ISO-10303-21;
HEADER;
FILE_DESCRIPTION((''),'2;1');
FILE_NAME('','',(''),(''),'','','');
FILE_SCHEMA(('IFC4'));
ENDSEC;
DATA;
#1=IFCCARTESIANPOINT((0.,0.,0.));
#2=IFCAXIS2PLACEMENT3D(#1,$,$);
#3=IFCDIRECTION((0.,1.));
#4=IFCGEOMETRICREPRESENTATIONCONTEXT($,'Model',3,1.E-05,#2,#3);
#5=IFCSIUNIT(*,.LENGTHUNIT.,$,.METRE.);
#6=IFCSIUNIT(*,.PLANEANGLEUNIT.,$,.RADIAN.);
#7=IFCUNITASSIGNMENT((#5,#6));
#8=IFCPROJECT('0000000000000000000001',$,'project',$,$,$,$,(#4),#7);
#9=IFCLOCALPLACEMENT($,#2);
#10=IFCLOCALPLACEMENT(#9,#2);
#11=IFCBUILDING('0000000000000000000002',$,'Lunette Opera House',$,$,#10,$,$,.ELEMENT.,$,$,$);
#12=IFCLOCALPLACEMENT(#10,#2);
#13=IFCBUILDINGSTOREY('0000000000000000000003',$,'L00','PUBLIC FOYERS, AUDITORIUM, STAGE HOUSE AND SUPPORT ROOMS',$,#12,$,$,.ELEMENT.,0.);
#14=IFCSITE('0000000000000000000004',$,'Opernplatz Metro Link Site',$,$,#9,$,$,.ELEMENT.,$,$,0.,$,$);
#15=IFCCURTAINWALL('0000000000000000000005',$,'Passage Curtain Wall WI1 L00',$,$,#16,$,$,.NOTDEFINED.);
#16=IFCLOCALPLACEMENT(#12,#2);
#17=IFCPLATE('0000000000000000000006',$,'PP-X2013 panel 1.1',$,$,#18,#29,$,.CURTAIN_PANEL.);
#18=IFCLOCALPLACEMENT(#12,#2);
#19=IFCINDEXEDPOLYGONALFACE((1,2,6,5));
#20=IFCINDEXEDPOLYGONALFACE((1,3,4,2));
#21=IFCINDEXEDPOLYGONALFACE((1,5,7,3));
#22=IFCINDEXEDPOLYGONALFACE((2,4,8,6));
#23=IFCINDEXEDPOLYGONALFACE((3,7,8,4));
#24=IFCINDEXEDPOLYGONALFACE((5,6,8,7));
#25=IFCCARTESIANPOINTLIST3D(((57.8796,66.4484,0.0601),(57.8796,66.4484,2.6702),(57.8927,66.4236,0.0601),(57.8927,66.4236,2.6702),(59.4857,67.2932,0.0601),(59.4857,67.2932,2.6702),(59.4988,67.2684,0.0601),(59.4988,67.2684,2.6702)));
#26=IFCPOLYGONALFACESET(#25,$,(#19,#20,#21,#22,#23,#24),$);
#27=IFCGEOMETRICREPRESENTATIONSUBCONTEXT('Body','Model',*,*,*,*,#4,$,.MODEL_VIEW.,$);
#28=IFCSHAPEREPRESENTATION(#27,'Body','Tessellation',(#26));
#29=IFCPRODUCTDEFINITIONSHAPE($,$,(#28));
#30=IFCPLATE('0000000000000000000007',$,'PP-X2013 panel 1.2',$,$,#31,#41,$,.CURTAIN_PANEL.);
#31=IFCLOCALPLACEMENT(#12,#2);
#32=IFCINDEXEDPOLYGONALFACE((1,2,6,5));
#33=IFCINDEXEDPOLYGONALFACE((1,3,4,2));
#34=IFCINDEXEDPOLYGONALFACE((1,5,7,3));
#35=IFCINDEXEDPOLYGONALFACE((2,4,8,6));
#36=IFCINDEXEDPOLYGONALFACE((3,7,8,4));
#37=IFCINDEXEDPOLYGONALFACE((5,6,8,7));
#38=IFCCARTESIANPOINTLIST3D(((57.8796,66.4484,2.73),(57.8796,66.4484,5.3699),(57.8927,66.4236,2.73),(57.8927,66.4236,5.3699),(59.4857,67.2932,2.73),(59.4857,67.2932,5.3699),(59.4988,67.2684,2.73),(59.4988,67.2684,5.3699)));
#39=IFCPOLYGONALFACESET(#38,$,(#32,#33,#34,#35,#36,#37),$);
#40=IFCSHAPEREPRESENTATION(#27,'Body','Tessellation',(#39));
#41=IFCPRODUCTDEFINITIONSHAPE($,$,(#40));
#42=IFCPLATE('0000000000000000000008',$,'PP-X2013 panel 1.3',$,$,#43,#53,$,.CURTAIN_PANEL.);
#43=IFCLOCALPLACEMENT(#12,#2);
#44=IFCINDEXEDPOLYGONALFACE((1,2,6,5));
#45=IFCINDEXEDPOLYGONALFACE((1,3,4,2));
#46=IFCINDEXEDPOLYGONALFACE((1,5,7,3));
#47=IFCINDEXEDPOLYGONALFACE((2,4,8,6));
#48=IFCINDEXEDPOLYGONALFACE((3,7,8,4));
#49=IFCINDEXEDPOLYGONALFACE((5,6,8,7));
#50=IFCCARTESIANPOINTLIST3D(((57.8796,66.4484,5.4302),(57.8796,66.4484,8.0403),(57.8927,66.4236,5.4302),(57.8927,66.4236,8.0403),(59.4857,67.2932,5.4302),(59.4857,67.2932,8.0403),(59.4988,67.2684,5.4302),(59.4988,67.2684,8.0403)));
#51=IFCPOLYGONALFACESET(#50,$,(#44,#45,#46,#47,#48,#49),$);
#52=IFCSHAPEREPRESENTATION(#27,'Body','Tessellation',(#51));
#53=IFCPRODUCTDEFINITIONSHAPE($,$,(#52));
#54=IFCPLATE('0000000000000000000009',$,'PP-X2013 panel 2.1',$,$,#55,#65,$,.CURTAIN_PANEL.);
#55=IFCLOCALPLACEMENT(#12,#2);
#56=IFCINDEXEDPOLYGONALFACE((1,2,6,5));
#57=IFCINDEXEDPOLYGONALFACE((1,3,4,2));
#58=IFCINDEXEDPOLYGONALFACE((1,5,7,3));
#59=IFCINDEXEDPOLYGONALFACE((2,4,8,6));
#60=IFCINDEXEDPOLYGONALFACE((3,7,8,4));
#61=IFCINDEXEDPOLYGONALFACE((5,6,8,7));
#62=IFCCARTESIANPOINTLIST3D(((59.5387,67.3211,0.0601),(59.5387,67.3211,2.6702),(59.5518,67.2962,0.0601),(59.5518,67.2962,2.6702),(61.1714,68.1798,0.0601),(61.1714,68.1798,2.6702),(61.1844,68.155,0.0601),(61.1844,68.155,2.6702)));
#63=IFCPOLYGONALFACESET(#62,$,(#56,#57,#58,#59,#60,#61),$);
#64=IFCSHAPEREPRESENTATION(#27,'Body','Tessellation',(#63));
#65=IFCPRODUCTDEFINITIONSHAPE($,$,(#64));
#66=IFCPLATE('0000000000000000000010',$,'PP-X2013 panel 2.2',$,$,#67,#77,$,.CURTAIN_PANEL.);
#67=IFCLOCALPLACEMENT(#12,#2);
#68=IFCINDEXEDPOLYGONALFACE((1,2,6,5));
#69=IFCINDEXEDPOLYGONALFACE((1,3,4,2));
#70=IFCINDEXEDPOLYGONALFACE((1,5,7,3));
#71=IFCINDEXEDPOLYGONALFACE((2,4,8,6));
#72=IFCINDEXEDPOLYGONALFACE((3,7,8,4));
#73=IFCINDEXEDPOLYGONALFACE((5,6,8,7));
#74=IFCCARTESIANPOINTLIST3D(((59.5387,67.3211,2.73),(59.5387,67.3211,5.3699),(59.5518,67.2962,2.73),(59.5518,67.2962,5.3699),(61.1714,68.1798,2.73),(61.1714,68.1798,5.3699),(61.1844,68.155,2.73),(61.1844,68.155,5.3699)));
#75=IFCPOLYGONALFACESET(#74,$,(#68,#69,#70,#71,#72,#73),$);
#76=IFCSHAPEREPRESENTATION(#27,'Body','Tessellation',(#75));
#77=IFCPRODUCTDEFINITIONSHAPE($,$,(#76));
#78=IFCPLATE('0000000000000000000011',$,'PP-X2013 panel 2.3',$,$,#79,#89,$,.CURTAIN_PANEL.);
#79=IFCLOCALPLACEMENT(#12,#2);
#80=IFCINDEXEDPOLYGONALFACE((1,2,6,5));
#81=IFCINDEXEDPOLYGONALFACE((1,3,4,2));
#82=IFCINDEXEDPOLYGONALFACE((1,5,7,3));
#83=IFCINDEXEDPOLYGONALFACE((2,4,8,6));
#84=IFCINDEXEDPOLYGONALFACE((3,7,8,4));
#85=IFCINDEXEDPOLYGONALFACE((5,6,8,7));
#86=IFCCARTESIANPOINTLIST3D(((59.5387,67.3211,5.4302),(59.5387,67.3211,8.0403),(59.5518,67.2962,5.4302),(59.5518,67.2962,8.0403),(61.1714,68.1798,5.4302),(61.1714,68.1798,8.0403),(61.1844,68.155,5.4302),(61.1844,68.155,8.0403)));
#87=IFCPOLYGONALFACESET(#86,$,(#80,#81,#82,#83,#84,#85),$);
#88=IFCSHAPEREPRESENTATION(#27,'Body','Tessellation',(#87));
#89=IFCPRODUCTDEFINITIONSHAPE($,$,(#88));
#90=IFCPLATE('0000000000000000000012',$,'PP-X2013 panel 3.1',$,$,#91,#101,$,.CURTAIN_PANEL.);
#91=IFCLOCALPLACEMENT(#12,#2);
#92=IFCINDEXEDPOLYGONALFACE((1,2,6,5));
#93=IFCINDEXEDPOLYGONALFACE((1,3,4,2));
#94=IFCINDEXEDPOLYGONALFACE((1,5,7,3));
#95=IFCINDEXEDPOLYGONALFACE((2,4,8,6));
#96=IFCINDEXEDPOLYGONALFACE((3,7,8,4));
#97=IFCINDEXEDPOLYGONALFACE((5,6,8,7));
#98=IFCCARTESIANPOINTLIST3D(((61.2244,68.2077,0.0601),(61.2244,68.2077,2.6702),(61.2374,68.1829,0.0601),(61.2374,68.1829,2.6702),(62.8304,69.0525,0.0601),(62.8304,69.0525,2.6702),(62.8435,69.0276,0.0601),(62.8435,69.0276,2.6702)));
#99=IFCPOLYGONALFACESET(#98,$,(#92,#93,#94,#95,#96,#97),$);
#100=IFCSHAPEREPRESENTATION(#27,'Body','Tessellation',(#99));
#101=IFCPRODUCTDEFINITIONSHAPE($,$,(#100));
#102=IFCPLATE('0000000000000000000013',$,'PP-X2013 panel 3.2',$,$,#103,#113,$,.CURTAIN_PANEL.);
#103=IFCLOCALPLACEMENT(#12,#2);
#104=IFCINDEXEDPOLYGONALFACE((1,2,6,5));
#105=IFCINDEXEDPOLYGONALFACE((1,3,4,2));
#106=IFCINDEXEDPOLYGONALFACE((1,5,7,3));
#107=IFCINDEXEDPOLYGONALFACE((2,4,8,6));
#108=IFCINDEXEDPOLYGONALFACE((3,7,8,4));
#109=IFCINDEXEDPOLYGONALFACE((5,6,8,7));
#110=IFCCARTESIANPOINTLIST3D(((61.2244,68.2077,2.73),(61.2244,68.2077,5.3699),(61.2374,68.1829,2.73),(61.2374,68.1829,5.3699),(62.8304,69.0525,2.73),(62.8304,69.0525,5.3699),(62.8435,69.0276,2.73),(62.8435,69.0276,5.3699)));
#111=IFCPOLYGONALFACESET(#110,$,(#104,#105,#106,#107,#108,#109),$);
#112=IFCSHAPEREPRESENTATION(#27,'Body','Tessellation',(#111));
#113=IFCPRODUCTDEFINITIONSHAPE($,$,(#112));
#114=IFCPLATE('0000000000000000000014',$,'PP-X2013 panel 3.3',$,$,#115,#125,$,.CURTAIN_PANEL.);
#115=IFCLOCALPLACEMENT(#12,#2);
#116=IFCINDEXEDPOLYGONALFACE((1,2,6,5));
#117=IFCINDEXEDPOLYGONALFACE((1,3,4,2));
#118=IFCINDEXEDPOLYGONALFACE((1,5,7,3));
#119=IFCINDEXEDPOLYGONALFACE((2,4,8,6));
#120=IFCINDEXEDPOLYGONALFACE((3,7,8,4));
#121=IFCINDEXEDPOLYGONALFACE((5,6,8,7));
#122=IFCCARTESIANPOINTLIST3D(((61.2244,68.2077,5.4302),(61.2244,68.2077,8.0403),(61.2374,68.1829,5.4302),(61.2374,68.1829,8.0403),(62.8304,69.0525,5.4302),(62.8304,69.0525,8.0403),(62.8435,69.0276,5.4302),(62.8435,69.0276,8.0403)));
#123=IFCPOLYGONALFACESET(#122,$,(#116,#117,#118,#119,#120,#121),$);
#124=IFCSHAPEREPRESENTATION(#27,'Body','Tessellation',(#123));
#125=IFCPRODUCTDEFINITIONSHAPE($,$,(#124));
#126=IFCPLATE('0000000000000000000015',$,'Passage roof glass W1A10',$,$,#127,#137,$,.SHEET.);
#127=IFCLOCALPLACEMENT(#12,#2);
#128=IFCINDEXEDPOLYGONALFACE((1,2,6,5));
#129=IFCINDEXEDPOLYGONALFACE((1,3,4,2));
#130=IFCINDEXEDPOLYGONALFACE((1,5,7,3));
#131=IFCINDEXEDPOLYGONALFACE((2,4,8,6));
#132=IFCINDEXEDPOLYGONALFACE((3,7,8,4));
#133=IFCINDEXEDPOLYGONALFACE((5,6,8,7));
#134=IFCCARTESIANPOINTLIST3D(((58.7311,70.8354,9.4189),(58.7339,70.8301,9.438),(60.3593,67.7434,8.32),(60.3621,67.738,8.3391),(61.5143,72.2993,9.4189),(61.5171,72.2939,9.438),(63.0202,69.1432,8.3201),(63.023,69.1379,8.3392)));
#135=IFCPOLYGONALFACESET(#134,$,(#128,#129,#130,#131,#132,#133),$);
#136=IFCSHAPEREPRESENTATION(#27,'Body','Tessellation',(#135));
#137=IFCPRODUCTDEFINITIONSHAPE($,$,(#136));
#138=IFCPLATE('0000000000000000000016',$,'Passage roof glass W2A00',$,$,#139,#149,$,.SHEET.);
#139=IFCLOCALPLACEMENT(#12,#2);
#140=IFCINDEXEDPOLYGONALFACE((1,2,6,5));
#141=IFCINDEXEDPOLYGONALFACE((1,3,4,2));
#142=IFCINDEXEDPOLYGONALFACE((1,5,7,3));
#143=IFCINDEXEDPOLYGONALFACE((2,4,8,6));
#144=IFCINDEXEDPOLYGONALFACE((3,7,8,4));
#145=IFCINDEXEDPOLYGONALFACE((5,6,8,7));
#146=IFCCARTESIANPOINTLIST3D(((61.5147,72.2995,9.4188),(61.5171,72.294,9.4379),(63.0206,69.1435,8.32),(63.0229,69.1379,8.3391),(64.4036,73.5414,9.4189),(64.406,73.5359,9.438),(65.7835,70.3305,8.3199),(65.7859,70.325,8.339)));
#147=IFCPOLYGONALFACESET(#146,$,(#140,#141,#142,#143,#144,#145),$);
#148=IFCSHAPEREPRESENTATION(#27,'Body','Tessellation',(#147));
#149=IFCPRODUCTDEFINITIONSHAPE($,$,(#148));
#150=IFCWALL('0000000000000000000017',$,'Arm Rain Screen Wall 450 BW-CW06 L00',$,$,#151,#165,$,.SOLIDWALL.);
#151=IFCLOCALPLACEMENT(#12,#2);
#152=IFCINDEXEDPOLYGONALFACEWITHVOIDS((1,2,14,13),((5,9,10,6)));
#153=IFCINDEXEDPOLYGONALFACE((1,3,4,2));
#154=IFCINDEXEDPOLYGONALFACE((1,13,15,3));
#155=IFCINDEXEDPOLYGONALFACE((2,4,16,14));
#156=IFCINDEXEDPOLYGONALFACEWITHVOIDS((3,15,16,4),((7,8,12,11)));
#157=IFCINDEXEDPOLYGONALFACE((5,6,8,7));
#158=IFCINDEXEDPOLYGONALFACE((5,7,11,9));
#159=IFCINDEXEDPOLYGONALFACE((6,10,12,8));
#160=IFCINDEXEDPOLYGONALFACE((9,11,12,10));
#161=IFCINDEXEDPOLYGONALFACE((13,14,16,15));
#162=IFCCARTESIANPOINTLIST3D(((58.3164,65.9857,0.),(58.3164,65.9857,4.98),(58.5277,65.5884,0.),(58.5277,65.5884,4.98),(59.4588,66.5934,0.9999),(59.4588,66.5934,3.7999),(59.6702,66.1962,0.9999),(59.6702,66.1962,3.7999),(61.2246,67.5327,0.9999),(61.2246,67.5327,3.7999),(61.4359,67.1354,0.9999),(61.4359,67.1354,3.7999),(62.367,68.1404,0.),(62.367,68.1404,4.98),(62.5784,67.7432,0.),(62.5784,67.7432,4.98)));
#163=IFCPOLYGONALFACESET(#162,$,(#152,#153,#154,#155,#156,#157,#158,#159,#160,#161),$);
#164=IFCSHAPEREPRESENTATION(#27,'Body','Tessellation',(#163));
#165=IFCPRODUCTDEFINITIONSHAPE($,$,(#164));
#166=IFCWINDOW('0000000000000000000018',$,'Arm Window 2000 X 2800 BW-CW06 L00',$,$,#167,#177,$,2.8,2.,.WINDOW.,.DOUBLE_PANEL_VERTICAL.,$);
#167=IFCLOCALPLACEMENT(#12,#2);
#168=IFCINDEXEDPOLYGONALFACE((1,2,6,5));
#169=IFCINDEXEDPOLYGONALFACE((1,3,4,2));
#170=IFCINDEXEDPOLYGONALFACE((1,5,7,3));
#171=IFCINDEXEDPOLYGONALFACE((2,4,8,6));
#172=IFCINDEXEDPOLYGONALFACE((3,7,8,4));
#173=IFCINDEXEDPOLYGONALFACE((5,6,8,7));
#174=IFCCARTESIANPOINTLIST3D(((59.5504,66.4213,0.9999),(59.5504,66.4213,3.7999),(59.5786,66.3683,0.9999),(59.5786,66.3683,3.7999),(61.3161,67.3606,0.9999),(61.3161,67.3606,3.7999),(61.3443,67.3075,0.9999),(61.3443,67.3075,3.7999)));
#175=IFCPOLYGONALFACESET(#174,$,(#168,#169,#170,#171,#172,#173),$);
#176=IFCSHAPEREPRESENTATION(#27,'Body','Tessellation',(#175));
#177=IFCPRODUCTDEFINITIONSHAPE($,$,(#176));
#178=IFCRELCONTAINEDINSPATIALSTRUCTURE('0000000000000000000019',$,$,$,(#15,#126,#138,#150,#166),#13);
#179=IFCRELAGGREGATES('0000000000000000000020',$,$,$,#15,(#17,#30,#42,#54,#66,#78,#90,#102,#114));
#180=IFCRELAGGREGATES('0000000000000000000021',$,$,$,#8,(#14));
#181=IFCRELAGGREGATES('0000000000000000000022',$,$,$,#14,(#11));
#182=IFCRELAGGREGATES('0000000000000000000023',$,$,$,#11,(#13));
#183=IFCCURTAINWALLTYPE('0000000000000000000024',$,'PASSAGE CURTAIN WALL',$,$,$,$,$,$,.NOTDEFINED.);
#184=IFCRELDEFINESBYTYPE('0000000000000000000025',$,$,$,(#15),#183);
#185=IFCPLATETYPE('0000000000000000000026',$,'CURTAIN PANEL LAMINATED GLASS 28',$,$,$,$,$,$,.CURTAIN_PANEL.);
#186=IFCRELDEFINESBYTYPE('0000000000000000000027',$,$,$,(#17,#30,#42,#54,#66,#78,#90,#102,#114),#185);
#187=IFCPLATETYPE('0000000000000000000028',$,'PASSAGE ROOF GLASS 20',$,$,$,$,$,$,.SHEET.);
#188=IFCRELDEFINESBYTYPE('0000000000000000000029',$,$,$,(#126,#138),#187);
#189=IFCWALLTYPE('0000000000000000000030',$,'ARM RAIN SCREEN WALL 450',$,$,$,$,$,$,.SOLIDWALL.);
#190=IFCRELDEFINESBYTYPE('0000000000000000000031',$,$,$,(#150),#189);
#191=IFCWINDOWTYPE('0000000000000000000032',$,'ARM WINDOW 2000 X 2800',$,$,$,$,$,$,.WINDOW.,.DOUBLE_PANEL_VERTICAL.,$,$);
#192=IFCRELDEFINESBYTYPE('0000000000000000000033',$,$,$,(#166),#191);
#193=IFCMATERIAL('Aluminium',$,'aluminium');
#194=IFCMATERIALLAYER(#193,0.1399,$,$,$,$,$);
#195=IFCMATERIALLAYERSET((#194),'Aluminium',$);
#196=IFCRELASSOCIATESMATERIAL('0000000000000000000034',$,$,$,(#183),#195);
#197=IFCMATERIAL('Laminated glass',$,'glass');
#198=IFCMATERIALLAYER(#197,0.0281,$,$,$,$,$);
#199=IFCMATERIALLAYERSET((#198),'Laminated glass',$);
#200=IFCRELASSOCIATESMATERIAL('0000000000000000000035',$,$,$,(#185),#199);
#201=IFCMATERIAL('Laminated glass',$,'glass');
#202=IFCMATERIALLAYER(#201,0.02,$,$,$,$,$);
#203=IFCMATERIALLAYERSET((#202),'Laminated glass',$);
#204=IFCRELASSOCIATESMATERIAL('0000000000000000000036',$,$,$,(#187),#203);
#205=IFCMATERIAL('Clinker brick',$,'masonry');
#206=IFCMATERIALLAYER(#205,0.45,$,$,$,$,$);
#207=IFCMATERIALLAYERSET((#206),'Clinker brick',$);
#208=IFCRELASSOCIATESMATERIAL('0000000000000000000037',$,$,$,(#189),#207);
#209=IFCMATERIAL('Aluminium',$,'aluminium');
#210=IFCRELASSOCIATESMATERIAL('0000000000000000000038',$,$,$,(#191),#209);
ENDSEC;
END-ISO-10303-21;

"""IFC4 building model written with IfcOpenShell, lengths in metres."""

from ifc_helpers import new_model, si_unit, direction, frame, frame_2d, origin, origin_2d, place, context, subcontext, project, spatial, polyline, rectangle, outline, extrude, material, layer, layer_set, type_object, element, fill, aggregate, save


model = new_model("IFC4")

# Units and contexts
model_context = context("Model", 3, precision=1e-05, world=origin(), true_north=direction((0.0, 1.0)))
body_context = subcontext(model_context, "Body", "Model", "MODEL_VIEW")
ifc_project = project(units=[si_unit("LENGTHUNIT", "METRE"), si_unit("PLANEANGLEUNIT", "RADIAN")], contexts=[model_context])

# Site, building, storey
site_placement = place(None, origin())
site = spatial("IfcSite", under=ifc_project, at=site_placement, Name="Opernplatz Metro Link Site", CompositionType="ELEMENT", RefElevation=0.0)
building_placement = place(site_placement, origin())
building = spatial("IfcBuilding", under=site, at=building_placement, Name="Lunette Opera House", CompositionType="ELEMENT")
storey_placement = place(building_placement, origin())
storey = spatial("IfcBuildingStorey", under=building, at=storey_placement, Name="L00", Description="PUBLIC FOYERS, AUDITORIUM, STAGE HOUSE AND SUPPORT ROOMS", CompositionType="ELEMENT", Elevation=0.0)

# Curtain wall
ifc_material_1 = material(Name="Aluminium", Category="aluminium")
ifc_layer_1 = layer(ifc_material_1, 0.1399)
ifc_layer_set_1 = layer_set([ifc_layer_1], Name="Aluminium")
curtain_wall_type = type_object("IfcCurtainWallType", Name="PASSAGE CURTAIN WALL", PredefinedType="NOTDEFINED", material=ifc_layer_set_1)
curtain_wall_placement = place(storey_placement, origin())
curtain_wall = element("IfcCurtainWall", 1, at=curtain_wall_placement, inside=storey, type_object=curtain_wall_type, Name="Passage Curtain Wall WI1 L00", PredefinedType="NOTDEFINED")

# Plates
ifc_material_2 = material(Name="Laminated glass", Category="glass")
ifc_layer_2 = layer(ifc_material_2, 0.0281)
ifc_layer_set_2 = layer_set([ifc_layer_2], Name="Laminated glass")
plate_type_1 = type_object("IfcPlateType", Name="CURTAIN PANEL LAMINATED GLASS 28", PredefinedType="CURTAIN_PANEL", material=ifc_layer_set_2)
plate_1_placement = place(storey_placement, frame((58.6892, 66.8584, 0.0601), z_axis=(0.0, 0.0, 1.0), x_axis=(0.885032, 0.46553, 0.0)))
plate_1 = element("IfcPlate", 2, at=plate_1_placement, type_object=plate_type_1, Name="PP-X2013 panel 1.1", PredefinedType="CURTAIN_PANEL", context=body_context, shape_type="SweptSolid", body=[
    extrude(rectangle(XDim=1.8147, YDim=0.0281, at=origin_2d()), origin(), (0.0, 0.0, 1.0), 2.6101),
])
plate_2_placement = place(storey_placement, frame((58.6892, 66.8584, 2.73), z_axis=(0.0, 0.0, 1.0), x_axis=(0.885032, 0.46553, 0.0)))
plate_2 = element("IfcPlate", 3, at=plate_2_placement, type_object=plate_type_1, Name="PP-X2013 panel 1.2", PredefinedType="CURTAIN_PANEL", context=body_context, shape_type="SweptSolid", body=[
    extrude(rectangle(XDim=1.8147, YDim=0.0281, at=origin_2d()), origin(), (0.0, 0.0, 1.0), 2.6399),
])
plate_3_placement = place(storey_placement, frame((58.6892, 66.8584, 5.4302), z_axis=(0.0, 0.0, 1.0), x_axis=(0.885032, 0.46553, 0.0)))
plate_3 = element("IfcPlate", 4, at=plate_3_placement, type_object=plate_type_1, Name="PP-X2013 panel 1.3", PredefinedType="CURTAIN_PANEL", context=body_context, shape_type="SweptSolid", body=[
    extrude(rectangle(XDim=1.8147, YDim=0.0281, at=origin_2d()), origin(), (0.0, 0.0, 1.0), 2.6101),
])
plate_4_placement = place(storey_placement, frame((60.3616, 67.738, 0.0601), z_axis=(0.0, 0.0, 1.0), x_axis=(0.885032, 0.46553, 0.0)))
plate_4 = element("IfcPlate", 5, at=plate_4_placement, type_object=plate_type_1, Name="PP-X2013 panel 2.1", PredefinedType="CURTAIN_PANEL", context=body_context, shape_type="SweptSolid", body=[
    extrude(rectangle(XDim=1.8447, YDim=0.0281, at=origin_2d()), origin(), (0.0, 0.0, 1.0), 2.6101),
])
plate_5_placement = place(storey_placement, frame((60.3616, 67.738, 2.73), z_axis=(0.0, 0.0, 1.0), x_axis=(0.885032, 0.46553, 0.0)))
plate_5 = element("IfcPlate", 6, at=plate_5_placement, type_object=plate_type_1, Name="PP-X2013 panel 2.2", PredefinedType="CURTAIN_PANEL", context=body_context, shape_type="SweptSolid", body=[
    extrude(rectangle(XDim=1.8447, YDim=0.0281, at=origin_2d()), origin(), (0.0, 0.0, 1.0), 2.6399),
])
plate_6_placement = place(storey_placement, frame((60.3616, 67.738, 5.4302), z_axis=(0.0, 0.0, 1.0), x_axis=(0.885032, 0.46553, 0.0)))
plate_6 = element("IfcPlate", 7, at=plate_6_placement, type_object=plate_type_1, Name="PP-X2013 panel 2.3", PredefinedType="CURTAIN_PANEL", context=body_context, shape_type="SweptSolid", body=[
    extrude(rectangle(XDim=1.8447, YDim=0.0281, at=origin_2d()), origin(), (0.0, 0.0, 1.0), 2.6101),
])
plate_7_placement = place(storey_placement, frame((62.0339, 68.6177, 0.0601), z_axis=(0.0, 0.0, 1.0), x_axis=(0.885032, 0.46553, 0.0)))
plate_7 = element("IfcPlate", 8, at=plate_7_placement, type_object=plate_type_1, Name="PP-X2013 panel 3.1", PredefinedType="CURTAIN_PANEL", context=body_context, shape_type="SweptSolid", body=[
    extrude(rectangle(XDim=1.8147, YDim=0.0281, at=origin_2d()), origin(), (0.0, 0.0, 1.0), 2.6101),
])
plate_8_placement = place(storey_placement, frame((62.0339, 68.6177, 2.73), z_axis=(0.0, 0.0, 1.0), x_axis=(0.885032, 0.46553, 0.0)))
plate_8 = element("IfcPlate", 9, at=plate_8_placement, type_object=plate_type_1, Name="PP-X2013 panel 3.2", PredefinedType="CURTAIN_PANEL", context=body_context, shape_type="SweptSolid", body=[
    extrude(rectangle(XDim=1.8147, YDim=0.0281, at=origin_2d()), origin(), (0.0, 0.0, 1.0), 2.6399),
])
plate_9_placement = place(storey_placement, frame((62.0339, 68.6177, 5.4302), z_axis=(0.0, 0.0, 1.0), x_axis=(0.885032, 0.46553, 0.0)))
plate_9 = element("IfcPlate", 10, at=plate_9_placement, type_object=plate_type_1, Name="PP-X2013 panel 3.3", PredefinedType="CURTAIN_PANEL", context=body_context, shape_type="SweptSolid", body=[
    extrude(rectangle(XDim=1.8147, YDim=0.0281, at=origin_2d()), origin(), (0.0, 0.0, 1.0), 2.6101),
])
aggregate(curtain_wall, [plate_1, plate_2, plate_3, plate_4, plate_5, plate_6, plate_7, plate_8, plate_9])

# Plates
ifc_material_3 = material(Name="Laminated glass", Category="glass")
ifc_layer_3 = layer(ifc_material_3, 0.02)
ifc_layer_set_3 = layer_set([ifc_layer_3], Name="Laminated glass")
plate_type_2 = type_object("IfcPlateType", Name="PASSAGE ROOF GLASS 20", PredefinedType="SHEET", material=ifc_layer_set_3)
plate_10_placement = place(storey_placement, frame((60.3621, 67.738, 8.3391), z_axis=(0.13966, -0.265496, 0.953943), x_axis=(0.884998, 0.465595, 0.000016)))
element("IfcPlate", 11, at=plate_10_placement, inside=storey, type_object=plate_type_2, Name="Passage roof glass W1A10", PredefinedType="SHEET", context=body_context, shape_type="SweptSolid", body=[
    extrude(outline(polyline([(0.0, 0.0), (3.0067, 0.0), (3.1434, 3.6629), (-0.0013, 3.6632), (0.0, 0.0)])), origin(), (0.0, 0.0, -1.0), 0.02),
])
plate_11_placement = place(storey_placement, frame((63.0229, 69.1379, 8.3391), z_axis=(0.118443, -0.275602, 0.953947), x_axis=(0.918792, 0.394742, -0.000035)))
element("IfcPlate", 12, at=plate_11_placement, inside=storey, type_object=plate_type_2, Name="Passage roof glass W2A00", PredefinedType="SHEET", context=body_context, shape_type="SweptSolid", body=[
    extrude(outline(polyline([(0.0, 0.0), (3.0071, 0.0), (3.0068, 3.6636), (-0.1378, 3.6629), (0.0, 0.0)])), origin(), (0.0, 0.0, -1.0), 0.02),
])

# Wall, opening, window
ifc_material_4 = material(Name="Clinker brick", Category="masonry")
ifc_layer_4 = layer(ifc_material_4, 0.45)
ifc_layer_set_4 = layer_set([ifc_layer_4], Name="Clinker brick")
wall_type_1 = type_object("IfcWallType", Name="ARM RAIN SCREEN WALL 450", PredefinedType="SOLIDWALL", material=ifc_layer_set_4)
wall_1_placement = place(storey_placement, frame((58.4221, 65.7871, 0.0), z_axis=(0.0, 0.0, 1.0), x_axis=(0.882862, 0.469632, 0.0)))
wall_1 = element("IfcWall", 13, at=wall_1_placement, inside=storey, type_object=wall_type_1, Name="Arm Rain Screen Wall 450 BW-CW06 L00", PredefinedType="SOLIDWALL", context=body_context, shape_type="SweptSolid", body=[
    extrude(rectangle(XDim=4.5881, YDim=0.45, at=frame_2d((2.2939, 0.0))), origin(), (0.0, 0.0, 1.0), 4.98),
])
opening_placement = place(wall_1_placement, frame((1.2939, 0.0, 1.0)))
opening = element("IfcOpeningElement", 14, at=opening_placement, cuts=wall_1, PredefinedType="OPENING", context=body_context, shape_type="SweptSolid", body=[
    extrude(rectangle(XDim=2.0, YDim=2.8, at=frame_2d((1.0, 1.3999))), frame((0.0, 0.2371, 0.0), z_axis=(0.0, -1.0, 0.0), x_axis=(1.0, 0.0, 0.0)), (0.0, 0.0, 1.0), 0.4739),
])
ifc_material_5 = material(Name="Aluminium", Category="aluminium")
window_type = type_object("IfcWindowType", Name="ARM WINDOW 2000 X 2800", PartitioningType="DOUBLE_PANEL_VERTICAL", PredefinedType="WINDOW", material=ifc_material_5)
window_placement = place(opening_placement, origin())
window = element("IfcWindow", 15, at=window_placement, inside=storey, type_object=window_type, Name="Arm Window 2000 X 2800 BW-CW06 L00", OverallHeight=2.8, OverallWidth=2.0, PartitioningType="DOUBLE_PANEL_VERTICAL", PredefinedType="WINDOW", context=body_context, shape_type="SweptSolid", body=[
    extrude(rectangle(XDim=2.0, YDim=2.8, at=frame_2d((1.0, 1.3999))), frame((0.0, 0.03, 0.0), z_axis=(0.0, -1.0, 0.0), x_axis=(1.0, 0.0, 0.0)), (0.0, 0.0, 1.0), 0.0601),
])
fill(opening, window)

save(model, "model.ifc")
